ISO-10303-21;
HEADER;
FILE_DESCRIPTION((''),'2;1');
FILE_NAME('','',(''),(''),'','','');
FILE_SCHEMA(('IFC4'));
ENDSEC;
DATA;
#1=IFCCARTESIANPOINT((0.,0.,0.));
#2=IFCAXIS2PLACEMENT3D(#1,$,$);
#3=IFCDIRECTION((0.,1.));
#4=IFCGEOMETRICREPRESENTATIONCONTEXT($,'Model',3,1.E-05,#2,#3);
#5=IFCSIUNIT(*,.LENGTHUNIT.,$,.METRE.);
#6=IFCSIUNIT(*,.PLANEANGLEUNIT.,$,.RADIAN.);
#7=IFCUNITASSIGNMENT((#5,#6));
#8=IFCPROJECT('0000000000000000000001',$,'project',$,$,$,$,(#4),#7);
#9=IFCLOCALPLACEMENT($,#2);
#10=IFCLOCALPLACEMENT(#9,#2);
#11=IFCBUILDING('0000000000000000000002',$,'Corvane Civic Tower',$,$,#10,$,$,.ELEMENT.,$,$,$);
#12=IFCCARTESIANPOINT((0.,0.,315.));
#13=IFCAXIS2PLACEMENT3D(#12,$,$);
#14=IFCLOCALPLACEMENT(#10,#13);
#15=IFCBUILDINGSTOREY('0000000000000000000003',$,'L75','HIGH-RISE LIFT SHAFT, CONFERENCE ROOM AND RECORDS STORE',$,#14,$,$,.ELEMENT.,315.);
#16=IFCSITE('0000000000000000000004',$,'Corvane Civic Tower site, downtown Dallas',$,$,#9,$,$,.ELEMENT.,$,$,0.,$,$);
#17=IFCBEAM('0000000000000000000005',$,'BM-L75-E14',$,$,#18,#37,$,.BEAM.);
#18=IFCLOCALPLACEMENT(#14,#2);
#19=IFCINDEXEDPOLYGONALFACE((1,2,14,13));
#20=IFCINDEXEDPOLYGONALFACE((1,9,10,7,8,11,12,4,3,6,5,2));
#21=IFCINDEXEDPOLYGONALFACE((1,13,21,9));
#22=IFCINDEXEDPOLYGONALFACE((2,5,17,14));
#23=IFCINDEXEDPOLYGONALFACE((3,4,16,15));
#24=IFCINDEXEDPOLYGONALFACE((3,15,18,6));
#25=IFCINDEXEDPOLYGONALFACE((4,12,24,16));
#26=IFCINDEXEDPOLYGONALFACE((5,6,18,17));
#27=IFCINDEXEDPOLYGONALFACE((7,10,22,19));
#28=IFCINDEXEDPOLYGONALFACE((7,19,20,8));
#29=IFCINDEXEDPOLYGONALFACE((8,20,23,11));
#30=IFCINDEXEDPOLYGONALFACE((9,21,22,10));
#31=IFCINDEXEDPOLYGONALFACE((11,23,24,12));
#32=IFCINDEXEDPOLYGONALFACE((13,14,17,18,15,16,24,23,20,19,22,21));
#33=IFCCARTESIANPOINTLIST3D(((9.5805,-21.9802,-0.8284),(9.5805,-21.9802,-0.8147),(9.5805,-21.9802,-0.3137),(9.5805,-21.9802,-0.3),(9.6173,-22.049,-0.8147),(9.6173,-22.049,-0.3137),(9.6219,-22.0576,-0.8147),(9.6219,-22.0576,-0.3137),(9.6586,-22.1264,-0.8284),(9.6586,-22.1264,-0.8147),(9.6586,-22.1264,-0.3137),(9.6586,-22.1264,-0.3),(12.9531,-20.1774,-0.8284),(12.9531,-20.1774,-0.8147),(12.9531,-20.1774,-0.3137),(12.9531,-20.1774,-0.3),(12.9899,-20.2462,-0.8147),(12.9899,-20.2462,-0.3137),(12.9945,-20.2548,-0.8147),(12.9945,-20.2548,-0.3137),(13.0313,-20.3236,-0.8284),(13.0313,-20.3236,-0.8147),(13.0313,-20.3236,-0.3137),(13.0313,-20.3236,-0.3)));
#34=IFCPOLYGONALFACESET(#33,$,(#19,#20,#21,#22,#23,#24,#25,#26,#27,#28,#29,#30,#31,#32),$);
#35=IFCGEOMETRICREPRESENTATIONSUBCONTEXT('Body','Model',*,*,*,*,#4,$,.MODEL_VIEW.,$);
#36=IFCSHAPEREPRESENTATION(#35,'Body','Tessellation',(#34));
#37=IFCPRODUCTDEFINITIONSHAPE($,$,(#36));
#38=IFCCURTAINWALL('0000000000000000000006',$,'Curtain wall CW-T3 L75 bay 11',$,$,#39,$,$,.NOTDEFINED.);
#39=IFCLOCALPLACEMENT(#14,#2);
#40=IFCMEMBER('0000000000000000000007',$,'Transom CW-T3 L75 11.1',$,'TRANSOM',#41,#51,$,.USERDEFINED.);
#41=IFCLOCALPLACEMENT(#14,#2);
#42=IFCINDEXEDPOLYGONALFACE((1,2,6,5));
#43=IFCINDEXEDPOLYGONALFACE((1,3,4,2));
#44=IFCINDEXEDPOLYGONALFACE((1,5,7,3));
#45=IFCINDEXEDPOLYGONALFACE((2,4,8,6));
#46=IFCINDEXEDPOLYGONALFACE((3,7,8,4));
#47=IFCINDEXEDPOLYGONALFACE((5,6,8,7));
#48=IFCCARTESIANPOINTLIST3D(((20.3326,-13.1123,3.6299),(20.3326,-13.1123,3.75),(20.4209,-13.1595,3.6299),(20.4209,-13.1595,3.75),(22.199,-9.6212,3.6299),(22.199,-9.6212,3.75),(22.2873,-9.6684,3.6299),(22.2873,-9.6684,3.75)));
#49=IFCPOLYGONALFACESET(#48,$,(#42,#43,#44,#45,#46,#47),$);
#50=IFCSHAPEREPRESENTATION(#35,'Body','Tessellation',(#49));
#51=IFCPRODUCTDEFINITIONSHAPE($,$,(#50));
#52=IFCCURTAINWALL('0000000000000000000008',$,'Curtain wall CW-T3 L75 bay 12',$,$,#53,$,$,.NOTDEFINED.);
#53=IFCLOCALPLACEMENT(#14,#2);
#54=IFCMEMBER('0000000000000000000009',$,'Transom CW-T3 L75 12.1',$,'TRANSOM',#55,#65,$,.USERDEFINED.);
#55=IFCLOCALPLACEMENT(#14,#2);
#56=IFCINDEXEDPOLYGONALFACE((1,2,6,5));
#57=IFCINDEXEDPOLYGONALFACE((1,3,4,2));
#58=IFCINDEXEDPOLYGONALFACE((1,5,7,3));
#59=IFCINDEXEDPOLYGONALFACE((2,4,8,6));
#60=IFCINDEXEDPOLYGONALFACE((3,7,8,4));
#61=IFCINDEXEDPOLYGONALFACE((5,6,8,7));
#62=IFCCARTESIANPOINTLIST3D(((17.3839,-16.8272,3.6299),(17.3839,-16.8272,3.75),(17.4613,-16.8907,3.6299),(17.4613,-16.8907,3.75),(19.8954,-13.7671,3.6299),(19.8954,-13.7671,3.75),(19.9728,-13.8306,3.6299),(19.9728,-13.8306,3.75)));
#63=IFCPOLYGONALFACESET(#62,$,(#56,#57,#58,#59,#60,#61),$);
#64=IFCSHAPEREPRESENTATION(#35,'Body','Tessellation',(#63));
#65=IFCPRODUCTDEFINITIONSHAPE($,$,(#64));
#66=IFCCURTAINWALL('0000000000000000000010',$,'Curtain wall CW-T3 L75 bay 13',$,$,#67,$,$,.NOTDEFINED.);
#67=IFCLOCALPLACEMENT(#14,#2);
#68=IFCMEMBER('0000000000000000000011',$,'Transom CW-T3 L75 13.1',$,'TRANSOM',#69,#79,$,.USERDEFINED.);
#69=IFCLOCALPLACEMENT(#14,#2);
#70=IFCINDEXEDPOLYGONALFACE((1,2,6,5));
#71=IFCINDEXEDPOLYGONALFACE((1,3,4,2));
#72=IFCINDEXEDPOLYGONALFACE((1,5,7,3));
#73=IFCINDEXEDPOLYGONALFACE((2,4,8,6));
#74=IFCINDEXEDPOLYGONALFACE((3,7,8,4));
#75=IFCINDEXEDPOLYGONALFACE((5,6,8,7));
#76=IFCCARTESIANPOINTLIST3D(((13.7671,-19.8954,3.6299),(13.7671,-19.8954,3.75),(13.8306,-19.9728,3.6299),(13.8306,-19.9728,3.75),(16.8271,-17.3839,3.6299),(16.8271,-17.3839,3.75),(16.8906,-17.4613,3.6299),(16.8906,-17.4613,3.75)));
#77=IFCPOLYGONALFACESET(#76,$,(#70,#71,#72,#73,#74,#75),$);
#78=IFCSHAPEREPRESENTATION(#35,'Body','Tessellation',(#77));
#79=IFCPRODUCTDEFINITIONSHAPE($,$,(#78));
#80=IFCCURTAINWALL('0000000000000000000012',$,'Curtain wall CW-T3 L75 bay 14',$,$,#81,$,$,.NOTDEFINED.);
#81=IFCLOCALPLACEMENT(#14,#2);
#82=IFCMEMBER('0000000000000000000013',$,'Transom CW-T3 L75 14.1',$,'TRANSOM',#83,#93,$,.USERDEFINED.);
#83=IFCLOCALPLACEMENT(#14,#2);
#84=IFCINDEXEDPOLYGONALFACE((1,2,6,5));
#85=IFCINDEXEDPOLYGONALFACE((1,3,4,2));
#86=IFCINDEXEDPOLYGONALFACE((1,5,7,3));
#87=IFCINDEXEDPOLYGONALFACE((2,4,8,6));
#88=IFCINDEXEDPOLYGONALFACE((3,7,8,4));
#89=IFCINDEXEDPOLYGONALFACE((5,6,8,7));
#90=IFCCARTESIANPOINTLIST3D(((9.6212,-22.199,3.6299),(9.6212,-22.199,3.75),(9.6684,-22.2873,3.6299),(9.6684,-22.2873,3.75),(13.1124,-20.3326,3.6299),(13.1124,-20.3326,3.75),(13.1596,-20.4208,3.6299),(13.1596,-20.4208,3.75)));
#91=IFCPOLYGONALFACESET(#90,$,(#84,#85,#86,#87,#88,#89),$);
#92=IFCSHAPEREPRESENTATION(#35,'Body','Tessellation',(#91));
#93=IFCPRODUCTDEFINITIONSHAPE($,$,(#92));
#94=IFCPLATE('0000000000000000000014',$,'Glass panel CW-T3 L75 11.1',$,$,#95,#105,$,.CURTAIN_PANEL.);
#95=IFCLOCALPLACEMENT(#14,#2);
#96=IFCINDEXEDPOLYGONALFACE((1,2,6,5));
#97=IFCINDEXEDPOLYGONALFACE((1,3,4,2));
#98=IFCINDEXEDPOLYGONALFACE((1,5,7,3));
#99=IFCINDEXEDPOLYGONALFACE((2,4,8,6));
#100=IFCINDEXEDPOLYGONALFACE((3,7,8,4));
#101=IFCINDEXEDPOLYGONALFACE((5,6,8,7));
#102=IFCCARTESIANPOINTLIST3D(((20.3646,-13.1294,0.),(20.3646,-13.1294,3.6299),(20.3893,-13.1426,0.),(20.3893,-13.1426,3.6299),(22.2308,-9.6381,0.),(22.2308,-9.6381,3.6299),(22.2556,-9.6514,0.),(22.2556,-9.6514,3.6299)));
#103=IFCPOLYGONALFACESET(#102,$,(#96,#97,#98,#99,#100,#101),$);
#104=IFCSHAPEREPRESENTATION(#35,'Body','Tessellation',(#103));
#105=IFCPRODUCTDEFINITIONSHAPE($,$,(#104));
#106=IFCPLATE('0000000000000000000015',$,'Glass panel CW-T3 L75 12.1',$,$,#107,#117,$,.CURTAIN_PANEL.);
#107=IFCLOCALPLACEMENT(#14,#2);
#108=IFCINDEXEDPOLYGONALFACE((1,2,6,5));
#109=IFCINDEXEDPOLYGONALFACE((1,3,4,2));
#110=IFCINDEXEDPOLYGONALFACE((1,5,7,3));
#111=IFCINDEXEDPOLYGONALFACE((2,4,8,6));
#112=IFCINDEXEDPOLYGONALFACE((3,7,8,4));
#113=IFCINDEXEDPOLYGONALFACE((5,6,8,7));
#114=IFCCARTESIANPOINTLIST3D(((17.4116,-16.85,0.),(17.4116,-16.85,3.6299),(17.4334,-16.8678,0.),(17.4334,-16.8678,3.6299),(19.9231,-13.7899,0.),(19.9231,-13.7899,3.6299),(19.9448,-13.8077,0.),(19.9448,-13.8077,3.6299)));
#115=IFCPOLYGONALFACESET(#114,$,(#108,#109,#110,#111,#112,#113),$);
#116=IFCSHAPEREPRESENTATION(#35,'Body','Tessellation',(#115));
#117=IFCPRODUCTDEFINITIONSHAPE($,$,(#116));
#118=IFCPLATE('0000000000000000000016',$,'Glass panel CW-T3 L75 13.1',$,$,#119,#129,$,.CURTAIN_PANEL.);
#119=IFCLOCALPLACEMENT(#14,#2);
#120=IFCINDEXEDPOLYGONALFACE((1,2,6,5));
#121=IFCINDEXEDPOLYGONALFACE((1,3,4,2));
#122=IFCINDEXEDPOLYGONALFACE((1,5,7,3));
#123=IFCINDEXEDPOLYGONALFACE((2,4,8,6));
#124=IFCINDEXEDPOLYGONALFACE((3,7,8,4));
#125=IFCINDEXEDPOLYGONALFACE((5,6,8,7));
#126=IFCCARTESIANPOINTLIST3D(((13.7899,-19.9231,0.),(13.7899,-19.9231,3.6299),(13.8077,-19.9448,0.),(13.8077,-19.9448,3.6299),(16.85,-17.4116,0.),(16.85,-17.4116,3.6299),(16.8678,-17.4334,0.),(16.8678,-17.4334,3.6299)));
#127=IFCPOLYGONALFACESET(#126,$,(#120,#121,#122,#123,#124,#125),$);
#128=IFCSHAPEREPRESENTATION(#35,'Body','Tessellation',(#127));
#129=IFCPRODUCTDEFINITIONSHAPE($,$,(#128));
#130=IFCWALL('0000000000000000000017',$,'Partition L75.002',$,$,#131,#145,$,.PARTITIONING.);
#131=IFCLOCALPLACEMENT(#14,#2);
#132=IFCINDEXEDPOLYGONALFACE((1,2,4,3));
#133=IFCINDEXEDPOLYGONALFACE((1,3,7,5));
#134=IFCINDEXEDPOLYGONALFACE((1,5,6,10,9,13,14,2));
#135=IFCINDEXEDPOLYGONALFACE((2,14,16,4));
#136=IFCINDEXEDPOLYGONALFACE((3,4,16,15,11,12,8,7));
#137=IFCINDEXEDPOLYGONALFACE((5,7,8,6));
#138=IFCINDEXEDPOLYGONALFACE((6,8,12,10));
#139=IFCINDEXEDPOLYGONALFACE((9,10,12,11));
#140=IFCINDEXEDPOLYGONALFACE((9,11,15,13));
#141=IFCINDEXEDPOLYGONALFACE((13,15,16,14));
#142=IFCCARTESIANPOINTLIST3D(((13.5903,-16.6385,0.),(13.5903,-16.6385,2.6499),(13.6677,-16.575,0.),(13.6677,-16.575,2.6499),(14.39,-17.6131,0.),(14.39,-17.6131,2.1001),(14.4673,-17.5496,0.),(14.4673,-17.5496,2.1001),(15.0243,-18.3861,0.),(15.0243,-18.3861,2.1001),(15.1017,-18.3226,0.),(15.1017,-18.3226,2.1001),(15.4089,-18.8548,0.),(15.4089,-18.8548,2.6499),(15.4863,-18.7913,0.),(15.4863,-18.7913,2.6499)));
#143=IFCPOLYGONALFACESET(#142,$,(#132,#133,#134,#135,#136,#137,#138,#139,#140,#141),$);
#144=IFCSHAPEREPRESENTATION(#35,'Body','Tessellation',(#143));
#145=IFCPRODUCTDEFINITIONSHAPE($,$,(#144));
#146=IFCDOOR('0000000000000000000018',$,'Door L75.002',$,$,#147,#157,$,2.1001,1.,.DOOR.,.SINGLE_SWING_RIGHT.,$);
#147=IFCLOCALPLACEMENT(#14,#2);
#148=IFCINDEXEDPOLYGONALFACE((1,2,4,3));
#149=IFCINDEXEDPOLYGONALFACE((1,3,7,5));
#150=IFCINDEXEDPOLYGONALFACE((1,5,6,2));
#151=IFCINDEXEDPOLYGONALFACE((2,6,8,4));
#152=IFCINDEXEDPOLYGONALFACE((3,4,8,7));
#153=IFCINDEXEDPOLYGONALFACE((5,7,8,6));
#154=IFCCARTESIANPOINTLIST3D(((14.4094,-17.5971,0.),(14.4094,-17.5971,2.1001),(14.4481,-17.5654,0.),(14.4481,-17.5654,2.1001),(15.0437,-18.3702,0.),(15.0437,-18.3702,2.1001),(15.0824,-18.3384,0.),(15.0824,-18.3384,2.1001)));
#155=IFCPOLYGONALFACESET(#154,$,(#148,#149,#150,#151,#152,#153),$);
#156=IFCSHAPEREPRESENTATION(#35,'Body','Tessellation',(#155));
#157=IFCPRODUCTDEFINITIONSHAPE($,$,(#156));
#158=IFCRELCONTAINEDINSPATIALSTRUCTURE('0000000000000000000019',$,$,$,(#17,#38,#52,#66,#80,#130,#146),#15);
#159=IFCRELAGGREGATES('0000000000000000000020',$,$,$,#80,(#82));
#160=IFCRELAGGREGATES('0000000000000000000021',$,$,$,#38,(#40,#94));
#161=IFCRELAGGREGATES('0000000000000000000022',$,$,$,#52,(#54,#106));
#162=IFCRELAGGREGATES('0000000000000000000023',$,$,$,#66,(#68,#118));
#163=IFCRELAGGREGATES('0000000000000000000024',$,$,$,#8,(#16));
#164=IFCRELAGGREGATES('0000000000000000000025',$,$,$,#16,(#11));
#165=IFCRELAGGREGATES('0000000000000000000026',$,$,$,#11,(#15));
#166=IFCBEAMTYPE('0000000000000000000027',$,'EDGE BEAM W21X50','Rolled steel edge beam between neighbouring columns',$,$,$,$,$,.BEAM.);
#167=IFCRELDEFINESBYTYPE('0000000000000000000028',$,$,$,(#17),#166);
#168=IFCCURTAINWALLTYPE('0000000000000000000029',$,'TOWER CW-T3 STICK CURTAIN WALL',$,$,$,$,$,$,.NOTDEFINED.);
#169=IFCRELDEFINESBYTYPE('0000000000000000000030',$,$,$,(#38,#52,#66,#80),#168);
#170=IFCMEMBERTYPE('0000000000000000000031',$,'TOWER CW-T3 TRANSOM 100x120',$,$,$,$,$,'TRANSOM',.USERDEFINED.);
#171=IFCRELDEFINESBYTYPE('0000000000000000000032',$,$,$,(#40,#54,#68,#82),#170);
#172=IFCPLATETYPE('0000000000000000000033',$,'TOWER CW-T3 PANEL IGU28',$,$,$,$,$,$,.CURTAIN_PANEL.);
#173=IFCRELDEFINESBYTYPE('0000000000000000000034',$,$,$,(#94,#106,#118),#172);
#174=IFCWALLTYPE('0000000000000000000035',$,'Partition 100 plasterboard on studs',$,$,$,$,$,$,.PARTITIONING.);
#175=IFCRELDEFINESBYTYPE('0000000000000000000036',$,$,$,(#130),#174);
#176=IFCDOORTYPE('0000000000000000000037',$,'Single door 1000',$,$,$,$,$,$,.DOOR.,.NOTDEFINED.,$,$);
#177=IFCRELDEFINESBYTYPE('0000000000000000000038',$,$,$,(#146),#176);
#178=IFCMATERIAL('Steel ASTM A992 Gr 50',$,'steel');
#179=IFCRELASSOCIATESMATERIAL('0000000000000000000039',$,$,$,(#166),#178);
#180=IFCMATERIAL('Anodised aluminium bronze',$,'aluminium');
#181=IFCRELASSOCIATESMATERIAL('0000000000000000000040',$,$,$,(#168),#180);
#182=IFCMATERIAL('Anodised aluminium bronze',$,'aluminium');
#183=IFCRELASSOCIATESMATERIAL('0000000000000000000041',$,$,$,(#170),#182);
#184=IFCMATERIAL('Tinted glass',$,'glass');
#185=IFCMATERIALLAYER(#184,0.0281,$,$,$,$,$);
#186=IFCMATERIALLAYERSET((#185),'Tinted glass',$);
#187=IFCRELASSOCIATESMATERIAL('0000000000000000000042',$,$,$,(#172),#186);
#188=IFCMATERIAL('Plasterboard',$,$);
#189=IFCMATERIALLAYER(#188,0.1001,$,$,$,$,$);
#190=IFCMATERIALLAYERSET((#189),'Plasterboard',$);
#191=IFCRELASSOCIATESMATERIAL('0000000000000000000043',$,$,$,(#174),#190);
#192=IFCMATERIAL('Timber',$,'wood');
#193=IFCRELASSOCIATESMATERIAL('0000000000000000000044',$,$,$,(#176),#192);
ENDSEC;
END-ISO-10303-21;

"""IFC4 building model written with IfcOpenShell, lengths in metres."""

from ifc_helpers import new_model, si_unit, direction, frame, frame_2d, origin, origin_2d, place, context, subcontext, project, spatial, rectangle, i_section, extrude, material, layer, layer_set, material_profile, profile_set, type_object, element, fill, aggregate, save


model = new_model("IFC4")

# Units and contexts
model_context = context("Model", 3, precision=1e-05, world=origin(), true_north=direction((0.0, 1.0)))
body_context = subcontext(model_context, "Body", "Model", "MODEL_VIEW")
ifc_project = project(units=[si_unit("LENGTHUNIT", "METRE"), si_unit("PLANEANGLEUNIT", "RADIAN")], contexts=[model_context])

# Site, building, storey
site_placement = place(None, origin())
site = spatial("IfcSite", under=ifc_project, at=site_placement, Name="Corvane Civic Tower site, downtown Dallas", CompositionType="ELEMENT", RefElevation=0.0)
building_placement = place(site_placement, origin())
building = spatial("IfcBuilding", under=site, at=building_placement, Name="Corvane Civic Tower", CompositionType="ELEMENT")
storey_placement = place(building_placement, frame((0.0, 0.0, 315.0)))
storey = spatial("IfcBuildingStorey", under=building, at=storey_placement, Name="L75", Description="HIGH-RISE LIFT SHAFT, CONFERENCE ROOM AND RECORDS STORE", CompositionType="ELEMENT", Elevation=315.0)

# Beam
ifc_material_1 = material(Name="Steel ASTM A992 Gr 50", Category="steel")
ifc_material_profile_1 = material_profile(ifc_material_1, i_section(OverallWidth=0.1658, OverallDepth=0.5283, WebThickness=0.0098, FlangeThickness=0.0137, at=origin_2d()), Name="W21X50")
ifc_profile_set_1 = profile_set([ifc_material_profile_1], Name="Steel ASTM A992 Gr 50")
beam_type = type_object("IfcBeamType", Name="EDGE BEAM W21X50", Description="Rolled steel edge beam between neighbouring columns", PredefinedType="BEAM", material=ifc_profile_set_1)
beam_1_placement = place(storey_placement, frame((12.9922, -20.2505, -0.5642), z_axis=(-0.881914, -0.47141, 0.0), x_axis=(0.47141, -0.881914, 0.0)))
element("IfcBeam", 1, at=beam_1_placement, inside=storey, type_object=beam_type, Name="BM-L75-E14", PredefinedType="BEAM", context=body_context, shape_type="SweptSolid", body=[
    extrude(i_section(OverallWidth=0.1658, OverallDepth=0.5283, WebThickness=0.0098, FlangeThickness=0.0137, at=origin_2d()), origin(), (0.0, 0.0, 1.0), 3.8242),
])

# Curtain walls, members
ifc_material_2 = material(Name="Anodised aluminium bronze", Category="aluminium")
curtain_wall_type = type_object("IfcCurtainWallType", Name="TOWER CW-T3 STICK CURTAIN WALL", PredefinedType="NOTDEFINED", material=ifc_material_2)
curtain_wall_1_placement = place(storey_placement, origin())
curtain_wall_1 = element("IfcCurtainWall", 2, at=curtain_wall_1_placement, inside=storey, type_object=curtain_wall_type, Name="Curtain wall CW-T3 L75 bay 11", PredefinedType="NOTDEFINED")
ifc_material_3 = material(Name="Anodised aluminium bronze", Category="aluminium")
ifc_material_profile_2 = material_profile(ifc_material_3, rectangle(XDim=0.1001, YDim=0.1201, at=origin_2d()), Name="TOWER CW-T3 TRANSOM 100x120")
ifc_profile_set_2 = profile_set([ifc_material_profile_2], Name="Anodised aluminium bronze")
member_type = type_object("IfcMemberType", Name="TOWER CW-T3 TRANSOM 100x120", ElementType="TRANSOM", PredefinedType="USERDEFINED", material=ifc_profile_set_2)
member_1_placement = place(storey_placement, frame((22.2432, -9.6448, 3.6899), z_axis=(-0.471468, -0.881883, 0.0), x_axis=(0.881883, -0.471468, 0.0)))
member_1 = element("IfcMember", 3, at=member_1_placement, type_object=member_type, Name="Transom CW-T3 L75 11.1", ObjectType="TRANSOM", PredefinedType="USERDEFINED", context=body_context, shape_type="SweptSolid", body=[
    extrude(rectangle(XDim=0.1001, YDim=0.1201, at=origin_2d()), origin(), (0.0, 0.0, 1.0), 3.9587),
])
curtain_wall_2_placement = place(storey_placement, origin())
curtain_wall_2 = element("IfcCurtainWall", 4, at=curtain_wall_2_placement, inside=storey, type_object=curtain_wall_type, Name="Curtain wall CW-T3 L75 bay 12", PredefinedType="NOTDEFINED")
member_2_placement = place(storey_placement, frame((19.9341, -13.7988, 3.6899), z_axis=(-0.634416, -0.772992, 0.0), x_axis=(0.772992, -0.634416, 0.0)))
member_2 = element("IfcMember", 5, at=member_2_placement, type_object=member_type, Name="Transom CW-T3 L75 12.1", ObjectType="TRANSOM", PredefinedType="USERDEFINED", context=body_context, shape_type="SweptSolid", body=[
    extrude(rectangle(XDim=0.1001, YDim=0.1201, at=origin_2d()), origin(), (0.0, 0.0, 1.0), 3.9587),
])
curtain_wall_3_placement = place(storey_placement, origin())
curtain_wall_3 = element("IfcCurtainWall", 6, at=curtain_wall_3_placement, inside=storey, type_object=curtain_wall_type, Name="Curtain wall CW-T3 L75 bay 13", PredefinedType="NOTDEFINED")
member_3_placement = place(storey_placement, frame((16.8589, -17.4226, 3.6899), z_axis=(-0.772992, -0.634416, 0.0), x_axis=(0.634416, -0.772992, 0.0)))
member_3 = element("IfcMember", 7, at=member_3_placement, type_object=member_type, Name="Transom CW-T3 L75 13.1", ObjectType="TRANSOM", PredefinedType="USERDEFINED", context=body_context, shape_type="SweptSolid", body=[
    extrude(rectangle(XDim=0.1001, YDim=0.1201, at=origin_2d()), origin(), (0.0, 0.0, 1.0), 3.9587),
])
curtain_wall_4_placement = place(storey_placement, origin())
curtain_wall_4 = element("IfcCurtainWall", 8, at=curtain_wall_4_placement, inside=storey, type_object=curtain_wall_type, Name="Curtain wall CW-T3 L75 bay 14", PredefinedType="NOTDEFINED")
member_4_placement = place(storey_placement, frame((13.136, -20.3767, 3.6899), z_axis=(-0.881883, -0.471468, 0.0), x_axis=(0.471468, -0.881883, 0.0)))
member_4 = element("IfcMember", 9, at=member_4_placement, type_object=member_type, Name="Transom CW-T3 L75 14.1", ObjectType="TRANSOM", PredefinedType="USERDEFINED", context=body_context, shape_type="SweptSolid", body=[
    extrude(rectangle(XDim=0.1001, YDim=0.1201, at=origin_2d()), origin(), (0.0, 0.0, 1.0), 3.9587),
])
aggregate(curtain_wall_4, [member_4])

# Plates
ifc_material_4 = material(Name="Tinted glass", Category="glass")
ifc_layer_1 = layer(ifc_material_4, 0.0281)
ifc_layer_set_1 = layer_set([ifc_layer_1], Name="Tinted glass")
plate_type = type_object("IfcPlateType", Name="TOWER CW-T3 PANEL IGU28", PredefinedType="CURTAIN_PANEL", material=ifc_layer_set_1)
plate_1_placement = place(storey_placement, frame((21.3101, -11.3904, 0.0), z_axis=(0.0, 0.0, 1.0), x_axis=(-0.471421, -0.881908, 0.0)))
plate_1 = element("IfcPlate", 10, at=plate_1_placement, type_object=plate_type, Name="Glass panel CW-T3 L75 11.1", PredefinedType="CURTAIN_PANEL", context=body_context, shape_type="SweptSolid", body=[
    extrude(rectangle(XDim=3.9587, YDim=0.0281, at=origin_2d()), origin(), (0.0, 0.0, 1.0), 3.6299),
])
aggregate(curtain_wall_1, [member_1, plate_1])
plate_2_placement = place(storey_placement, frame((18.6782, -15.3289, 0.0), z_axis=(0.0, 0.0, 1.0), x_axis=(-0.634405, -0.773001, 0.0)))
plate_2 = element("IfcPlate", 11, at=plate_2_placement, type_object=plate_type, Name="Glass panel CW-T3 L75 12.1", PredefinedType="CURTAIN_PANEL", context=body_context, shape_type="SweptSolid", body=[
    extrude(rectangle(XDim=3.9587, YDim=0.0281, at=origin_2d()), origin(), (0.0, 0.0, 1.0), 3.6299),
])
aggregate(curtain_wall_2, [member_2, plate_2])
plate_3_placement = place(storey_placement, frame((15.3289, -18.6782, 0.0), z_axis=(0.0, 0.0, 1.0), x_axis=(-0.773001, -0.634405, 0.0)))
plate_3 = element("IfcPlate", 12, at=plate_3_placement, type_object=plate_type, Name="Glass panel CW-T3 L75 13.1", PredefinedType="CURTAIN_PANEL", context=body_context, shape_type="SweptSolid", body=[
    extrude(rectangle(XDim=3.9587, YDim=0.0281, at=origin_2d()), origin(), (0.0, 0.0, 1.0), 3.6299),
])
aggregate(curtain_wall_3, [member_3, plate_3])

# Wall, opening, door
ifc_material_5 = material(Name="Plasterboard")
ifc_layer_2 = layer(ifc_material_5, 0.1001)
ifc_layer_set_2 = layer_set([ifc_layer_2], Name="Plasterboard")
wall_type_1 = type_object("IfcWallType", Name="Partition 100 plasterboard on studs", PredefinedType="PARTITIONING", material=ifc_layer_set_2)
wall_1_placement = place(storey_placement, frame((13.6289, -16.6067, 0.0), z_axis=(0.0, 0.0, 1.0), x_axis=(0.634336, -0.773057, 0.0)))
wall_1 = element("IfcWall", 13, at=wall_1_placement, inside=storey, type_object=wall_type_1, Name="Partition L75.002", PredefinedType="PARTITIONING", context=body_context, shape_type="SweptSolid", body=[
    extrude(rectangle(XDim=2.8669, YDim=0.1001, at=frame_2d((1.4336, 0.0))), origin(), (0.0, 0.0, 1.0), 2.6499),
])
opening_1_placement = place(wall_1_placement, frame((1.2607, 0.0, 0.0)))
opening_1 = element("IfcOpeningElement", 14, at=opening_1_placement, cuts=wall_1, PredefinedType="OPENING", context=body_context, shape_type="SweptSolid", body=[
    extrude(rectangle(XDim=1.0, YDim=2.1001, at=frame_2d((0.5, 1.05))), frame((0.0, 0.0601, 0.0), z_axis=(0.0, -1.0, 0.0), x_axis=(1.0, 0.0, 0.0)), (0.0, 0.0, 1.0), 0.1201),
])
ifc_material_6 = material(Name="Timber", Category="wood")
door_type_1 = type_object("IfcDoorType", Name="Single door 1000", OperationType="NOTDEFINED", PredefinedType="DOOR", material=ifc_material_6)
door_1_placement = place(opening_1_placement, frame((1.0, 0.0, 0.0), z_axis=(0.0, 0.0, 1.0), x_axis=(-1.0, 0.0, 0.0)))
door_1 = element("IfcDoor", 15, at=door_1_placement, inside=storey, type_object=door_type_1, Name="Door L75.002", OperationType="SINGLE_SWING_RIGHT", OverallHeight=2.1001, OverallWidth=1.0, PredefinedType="DOOR", context=body_context, shape_type="SweptSolid", body=[
    extrude(rectangle(XDim=1.0, YDim=2.1001, at=frame_2d((0.5, 1.05))), frame((0.0, 0.0249, 0.0), z_axis=(0.0, -1.0, 0.0), x_axis=(1.0, 0.0, 0.0)), (0.0, 0.0, 1.0), 0.05),
])
fill(opening_1, door_1)

save(model, "model.ifc")
